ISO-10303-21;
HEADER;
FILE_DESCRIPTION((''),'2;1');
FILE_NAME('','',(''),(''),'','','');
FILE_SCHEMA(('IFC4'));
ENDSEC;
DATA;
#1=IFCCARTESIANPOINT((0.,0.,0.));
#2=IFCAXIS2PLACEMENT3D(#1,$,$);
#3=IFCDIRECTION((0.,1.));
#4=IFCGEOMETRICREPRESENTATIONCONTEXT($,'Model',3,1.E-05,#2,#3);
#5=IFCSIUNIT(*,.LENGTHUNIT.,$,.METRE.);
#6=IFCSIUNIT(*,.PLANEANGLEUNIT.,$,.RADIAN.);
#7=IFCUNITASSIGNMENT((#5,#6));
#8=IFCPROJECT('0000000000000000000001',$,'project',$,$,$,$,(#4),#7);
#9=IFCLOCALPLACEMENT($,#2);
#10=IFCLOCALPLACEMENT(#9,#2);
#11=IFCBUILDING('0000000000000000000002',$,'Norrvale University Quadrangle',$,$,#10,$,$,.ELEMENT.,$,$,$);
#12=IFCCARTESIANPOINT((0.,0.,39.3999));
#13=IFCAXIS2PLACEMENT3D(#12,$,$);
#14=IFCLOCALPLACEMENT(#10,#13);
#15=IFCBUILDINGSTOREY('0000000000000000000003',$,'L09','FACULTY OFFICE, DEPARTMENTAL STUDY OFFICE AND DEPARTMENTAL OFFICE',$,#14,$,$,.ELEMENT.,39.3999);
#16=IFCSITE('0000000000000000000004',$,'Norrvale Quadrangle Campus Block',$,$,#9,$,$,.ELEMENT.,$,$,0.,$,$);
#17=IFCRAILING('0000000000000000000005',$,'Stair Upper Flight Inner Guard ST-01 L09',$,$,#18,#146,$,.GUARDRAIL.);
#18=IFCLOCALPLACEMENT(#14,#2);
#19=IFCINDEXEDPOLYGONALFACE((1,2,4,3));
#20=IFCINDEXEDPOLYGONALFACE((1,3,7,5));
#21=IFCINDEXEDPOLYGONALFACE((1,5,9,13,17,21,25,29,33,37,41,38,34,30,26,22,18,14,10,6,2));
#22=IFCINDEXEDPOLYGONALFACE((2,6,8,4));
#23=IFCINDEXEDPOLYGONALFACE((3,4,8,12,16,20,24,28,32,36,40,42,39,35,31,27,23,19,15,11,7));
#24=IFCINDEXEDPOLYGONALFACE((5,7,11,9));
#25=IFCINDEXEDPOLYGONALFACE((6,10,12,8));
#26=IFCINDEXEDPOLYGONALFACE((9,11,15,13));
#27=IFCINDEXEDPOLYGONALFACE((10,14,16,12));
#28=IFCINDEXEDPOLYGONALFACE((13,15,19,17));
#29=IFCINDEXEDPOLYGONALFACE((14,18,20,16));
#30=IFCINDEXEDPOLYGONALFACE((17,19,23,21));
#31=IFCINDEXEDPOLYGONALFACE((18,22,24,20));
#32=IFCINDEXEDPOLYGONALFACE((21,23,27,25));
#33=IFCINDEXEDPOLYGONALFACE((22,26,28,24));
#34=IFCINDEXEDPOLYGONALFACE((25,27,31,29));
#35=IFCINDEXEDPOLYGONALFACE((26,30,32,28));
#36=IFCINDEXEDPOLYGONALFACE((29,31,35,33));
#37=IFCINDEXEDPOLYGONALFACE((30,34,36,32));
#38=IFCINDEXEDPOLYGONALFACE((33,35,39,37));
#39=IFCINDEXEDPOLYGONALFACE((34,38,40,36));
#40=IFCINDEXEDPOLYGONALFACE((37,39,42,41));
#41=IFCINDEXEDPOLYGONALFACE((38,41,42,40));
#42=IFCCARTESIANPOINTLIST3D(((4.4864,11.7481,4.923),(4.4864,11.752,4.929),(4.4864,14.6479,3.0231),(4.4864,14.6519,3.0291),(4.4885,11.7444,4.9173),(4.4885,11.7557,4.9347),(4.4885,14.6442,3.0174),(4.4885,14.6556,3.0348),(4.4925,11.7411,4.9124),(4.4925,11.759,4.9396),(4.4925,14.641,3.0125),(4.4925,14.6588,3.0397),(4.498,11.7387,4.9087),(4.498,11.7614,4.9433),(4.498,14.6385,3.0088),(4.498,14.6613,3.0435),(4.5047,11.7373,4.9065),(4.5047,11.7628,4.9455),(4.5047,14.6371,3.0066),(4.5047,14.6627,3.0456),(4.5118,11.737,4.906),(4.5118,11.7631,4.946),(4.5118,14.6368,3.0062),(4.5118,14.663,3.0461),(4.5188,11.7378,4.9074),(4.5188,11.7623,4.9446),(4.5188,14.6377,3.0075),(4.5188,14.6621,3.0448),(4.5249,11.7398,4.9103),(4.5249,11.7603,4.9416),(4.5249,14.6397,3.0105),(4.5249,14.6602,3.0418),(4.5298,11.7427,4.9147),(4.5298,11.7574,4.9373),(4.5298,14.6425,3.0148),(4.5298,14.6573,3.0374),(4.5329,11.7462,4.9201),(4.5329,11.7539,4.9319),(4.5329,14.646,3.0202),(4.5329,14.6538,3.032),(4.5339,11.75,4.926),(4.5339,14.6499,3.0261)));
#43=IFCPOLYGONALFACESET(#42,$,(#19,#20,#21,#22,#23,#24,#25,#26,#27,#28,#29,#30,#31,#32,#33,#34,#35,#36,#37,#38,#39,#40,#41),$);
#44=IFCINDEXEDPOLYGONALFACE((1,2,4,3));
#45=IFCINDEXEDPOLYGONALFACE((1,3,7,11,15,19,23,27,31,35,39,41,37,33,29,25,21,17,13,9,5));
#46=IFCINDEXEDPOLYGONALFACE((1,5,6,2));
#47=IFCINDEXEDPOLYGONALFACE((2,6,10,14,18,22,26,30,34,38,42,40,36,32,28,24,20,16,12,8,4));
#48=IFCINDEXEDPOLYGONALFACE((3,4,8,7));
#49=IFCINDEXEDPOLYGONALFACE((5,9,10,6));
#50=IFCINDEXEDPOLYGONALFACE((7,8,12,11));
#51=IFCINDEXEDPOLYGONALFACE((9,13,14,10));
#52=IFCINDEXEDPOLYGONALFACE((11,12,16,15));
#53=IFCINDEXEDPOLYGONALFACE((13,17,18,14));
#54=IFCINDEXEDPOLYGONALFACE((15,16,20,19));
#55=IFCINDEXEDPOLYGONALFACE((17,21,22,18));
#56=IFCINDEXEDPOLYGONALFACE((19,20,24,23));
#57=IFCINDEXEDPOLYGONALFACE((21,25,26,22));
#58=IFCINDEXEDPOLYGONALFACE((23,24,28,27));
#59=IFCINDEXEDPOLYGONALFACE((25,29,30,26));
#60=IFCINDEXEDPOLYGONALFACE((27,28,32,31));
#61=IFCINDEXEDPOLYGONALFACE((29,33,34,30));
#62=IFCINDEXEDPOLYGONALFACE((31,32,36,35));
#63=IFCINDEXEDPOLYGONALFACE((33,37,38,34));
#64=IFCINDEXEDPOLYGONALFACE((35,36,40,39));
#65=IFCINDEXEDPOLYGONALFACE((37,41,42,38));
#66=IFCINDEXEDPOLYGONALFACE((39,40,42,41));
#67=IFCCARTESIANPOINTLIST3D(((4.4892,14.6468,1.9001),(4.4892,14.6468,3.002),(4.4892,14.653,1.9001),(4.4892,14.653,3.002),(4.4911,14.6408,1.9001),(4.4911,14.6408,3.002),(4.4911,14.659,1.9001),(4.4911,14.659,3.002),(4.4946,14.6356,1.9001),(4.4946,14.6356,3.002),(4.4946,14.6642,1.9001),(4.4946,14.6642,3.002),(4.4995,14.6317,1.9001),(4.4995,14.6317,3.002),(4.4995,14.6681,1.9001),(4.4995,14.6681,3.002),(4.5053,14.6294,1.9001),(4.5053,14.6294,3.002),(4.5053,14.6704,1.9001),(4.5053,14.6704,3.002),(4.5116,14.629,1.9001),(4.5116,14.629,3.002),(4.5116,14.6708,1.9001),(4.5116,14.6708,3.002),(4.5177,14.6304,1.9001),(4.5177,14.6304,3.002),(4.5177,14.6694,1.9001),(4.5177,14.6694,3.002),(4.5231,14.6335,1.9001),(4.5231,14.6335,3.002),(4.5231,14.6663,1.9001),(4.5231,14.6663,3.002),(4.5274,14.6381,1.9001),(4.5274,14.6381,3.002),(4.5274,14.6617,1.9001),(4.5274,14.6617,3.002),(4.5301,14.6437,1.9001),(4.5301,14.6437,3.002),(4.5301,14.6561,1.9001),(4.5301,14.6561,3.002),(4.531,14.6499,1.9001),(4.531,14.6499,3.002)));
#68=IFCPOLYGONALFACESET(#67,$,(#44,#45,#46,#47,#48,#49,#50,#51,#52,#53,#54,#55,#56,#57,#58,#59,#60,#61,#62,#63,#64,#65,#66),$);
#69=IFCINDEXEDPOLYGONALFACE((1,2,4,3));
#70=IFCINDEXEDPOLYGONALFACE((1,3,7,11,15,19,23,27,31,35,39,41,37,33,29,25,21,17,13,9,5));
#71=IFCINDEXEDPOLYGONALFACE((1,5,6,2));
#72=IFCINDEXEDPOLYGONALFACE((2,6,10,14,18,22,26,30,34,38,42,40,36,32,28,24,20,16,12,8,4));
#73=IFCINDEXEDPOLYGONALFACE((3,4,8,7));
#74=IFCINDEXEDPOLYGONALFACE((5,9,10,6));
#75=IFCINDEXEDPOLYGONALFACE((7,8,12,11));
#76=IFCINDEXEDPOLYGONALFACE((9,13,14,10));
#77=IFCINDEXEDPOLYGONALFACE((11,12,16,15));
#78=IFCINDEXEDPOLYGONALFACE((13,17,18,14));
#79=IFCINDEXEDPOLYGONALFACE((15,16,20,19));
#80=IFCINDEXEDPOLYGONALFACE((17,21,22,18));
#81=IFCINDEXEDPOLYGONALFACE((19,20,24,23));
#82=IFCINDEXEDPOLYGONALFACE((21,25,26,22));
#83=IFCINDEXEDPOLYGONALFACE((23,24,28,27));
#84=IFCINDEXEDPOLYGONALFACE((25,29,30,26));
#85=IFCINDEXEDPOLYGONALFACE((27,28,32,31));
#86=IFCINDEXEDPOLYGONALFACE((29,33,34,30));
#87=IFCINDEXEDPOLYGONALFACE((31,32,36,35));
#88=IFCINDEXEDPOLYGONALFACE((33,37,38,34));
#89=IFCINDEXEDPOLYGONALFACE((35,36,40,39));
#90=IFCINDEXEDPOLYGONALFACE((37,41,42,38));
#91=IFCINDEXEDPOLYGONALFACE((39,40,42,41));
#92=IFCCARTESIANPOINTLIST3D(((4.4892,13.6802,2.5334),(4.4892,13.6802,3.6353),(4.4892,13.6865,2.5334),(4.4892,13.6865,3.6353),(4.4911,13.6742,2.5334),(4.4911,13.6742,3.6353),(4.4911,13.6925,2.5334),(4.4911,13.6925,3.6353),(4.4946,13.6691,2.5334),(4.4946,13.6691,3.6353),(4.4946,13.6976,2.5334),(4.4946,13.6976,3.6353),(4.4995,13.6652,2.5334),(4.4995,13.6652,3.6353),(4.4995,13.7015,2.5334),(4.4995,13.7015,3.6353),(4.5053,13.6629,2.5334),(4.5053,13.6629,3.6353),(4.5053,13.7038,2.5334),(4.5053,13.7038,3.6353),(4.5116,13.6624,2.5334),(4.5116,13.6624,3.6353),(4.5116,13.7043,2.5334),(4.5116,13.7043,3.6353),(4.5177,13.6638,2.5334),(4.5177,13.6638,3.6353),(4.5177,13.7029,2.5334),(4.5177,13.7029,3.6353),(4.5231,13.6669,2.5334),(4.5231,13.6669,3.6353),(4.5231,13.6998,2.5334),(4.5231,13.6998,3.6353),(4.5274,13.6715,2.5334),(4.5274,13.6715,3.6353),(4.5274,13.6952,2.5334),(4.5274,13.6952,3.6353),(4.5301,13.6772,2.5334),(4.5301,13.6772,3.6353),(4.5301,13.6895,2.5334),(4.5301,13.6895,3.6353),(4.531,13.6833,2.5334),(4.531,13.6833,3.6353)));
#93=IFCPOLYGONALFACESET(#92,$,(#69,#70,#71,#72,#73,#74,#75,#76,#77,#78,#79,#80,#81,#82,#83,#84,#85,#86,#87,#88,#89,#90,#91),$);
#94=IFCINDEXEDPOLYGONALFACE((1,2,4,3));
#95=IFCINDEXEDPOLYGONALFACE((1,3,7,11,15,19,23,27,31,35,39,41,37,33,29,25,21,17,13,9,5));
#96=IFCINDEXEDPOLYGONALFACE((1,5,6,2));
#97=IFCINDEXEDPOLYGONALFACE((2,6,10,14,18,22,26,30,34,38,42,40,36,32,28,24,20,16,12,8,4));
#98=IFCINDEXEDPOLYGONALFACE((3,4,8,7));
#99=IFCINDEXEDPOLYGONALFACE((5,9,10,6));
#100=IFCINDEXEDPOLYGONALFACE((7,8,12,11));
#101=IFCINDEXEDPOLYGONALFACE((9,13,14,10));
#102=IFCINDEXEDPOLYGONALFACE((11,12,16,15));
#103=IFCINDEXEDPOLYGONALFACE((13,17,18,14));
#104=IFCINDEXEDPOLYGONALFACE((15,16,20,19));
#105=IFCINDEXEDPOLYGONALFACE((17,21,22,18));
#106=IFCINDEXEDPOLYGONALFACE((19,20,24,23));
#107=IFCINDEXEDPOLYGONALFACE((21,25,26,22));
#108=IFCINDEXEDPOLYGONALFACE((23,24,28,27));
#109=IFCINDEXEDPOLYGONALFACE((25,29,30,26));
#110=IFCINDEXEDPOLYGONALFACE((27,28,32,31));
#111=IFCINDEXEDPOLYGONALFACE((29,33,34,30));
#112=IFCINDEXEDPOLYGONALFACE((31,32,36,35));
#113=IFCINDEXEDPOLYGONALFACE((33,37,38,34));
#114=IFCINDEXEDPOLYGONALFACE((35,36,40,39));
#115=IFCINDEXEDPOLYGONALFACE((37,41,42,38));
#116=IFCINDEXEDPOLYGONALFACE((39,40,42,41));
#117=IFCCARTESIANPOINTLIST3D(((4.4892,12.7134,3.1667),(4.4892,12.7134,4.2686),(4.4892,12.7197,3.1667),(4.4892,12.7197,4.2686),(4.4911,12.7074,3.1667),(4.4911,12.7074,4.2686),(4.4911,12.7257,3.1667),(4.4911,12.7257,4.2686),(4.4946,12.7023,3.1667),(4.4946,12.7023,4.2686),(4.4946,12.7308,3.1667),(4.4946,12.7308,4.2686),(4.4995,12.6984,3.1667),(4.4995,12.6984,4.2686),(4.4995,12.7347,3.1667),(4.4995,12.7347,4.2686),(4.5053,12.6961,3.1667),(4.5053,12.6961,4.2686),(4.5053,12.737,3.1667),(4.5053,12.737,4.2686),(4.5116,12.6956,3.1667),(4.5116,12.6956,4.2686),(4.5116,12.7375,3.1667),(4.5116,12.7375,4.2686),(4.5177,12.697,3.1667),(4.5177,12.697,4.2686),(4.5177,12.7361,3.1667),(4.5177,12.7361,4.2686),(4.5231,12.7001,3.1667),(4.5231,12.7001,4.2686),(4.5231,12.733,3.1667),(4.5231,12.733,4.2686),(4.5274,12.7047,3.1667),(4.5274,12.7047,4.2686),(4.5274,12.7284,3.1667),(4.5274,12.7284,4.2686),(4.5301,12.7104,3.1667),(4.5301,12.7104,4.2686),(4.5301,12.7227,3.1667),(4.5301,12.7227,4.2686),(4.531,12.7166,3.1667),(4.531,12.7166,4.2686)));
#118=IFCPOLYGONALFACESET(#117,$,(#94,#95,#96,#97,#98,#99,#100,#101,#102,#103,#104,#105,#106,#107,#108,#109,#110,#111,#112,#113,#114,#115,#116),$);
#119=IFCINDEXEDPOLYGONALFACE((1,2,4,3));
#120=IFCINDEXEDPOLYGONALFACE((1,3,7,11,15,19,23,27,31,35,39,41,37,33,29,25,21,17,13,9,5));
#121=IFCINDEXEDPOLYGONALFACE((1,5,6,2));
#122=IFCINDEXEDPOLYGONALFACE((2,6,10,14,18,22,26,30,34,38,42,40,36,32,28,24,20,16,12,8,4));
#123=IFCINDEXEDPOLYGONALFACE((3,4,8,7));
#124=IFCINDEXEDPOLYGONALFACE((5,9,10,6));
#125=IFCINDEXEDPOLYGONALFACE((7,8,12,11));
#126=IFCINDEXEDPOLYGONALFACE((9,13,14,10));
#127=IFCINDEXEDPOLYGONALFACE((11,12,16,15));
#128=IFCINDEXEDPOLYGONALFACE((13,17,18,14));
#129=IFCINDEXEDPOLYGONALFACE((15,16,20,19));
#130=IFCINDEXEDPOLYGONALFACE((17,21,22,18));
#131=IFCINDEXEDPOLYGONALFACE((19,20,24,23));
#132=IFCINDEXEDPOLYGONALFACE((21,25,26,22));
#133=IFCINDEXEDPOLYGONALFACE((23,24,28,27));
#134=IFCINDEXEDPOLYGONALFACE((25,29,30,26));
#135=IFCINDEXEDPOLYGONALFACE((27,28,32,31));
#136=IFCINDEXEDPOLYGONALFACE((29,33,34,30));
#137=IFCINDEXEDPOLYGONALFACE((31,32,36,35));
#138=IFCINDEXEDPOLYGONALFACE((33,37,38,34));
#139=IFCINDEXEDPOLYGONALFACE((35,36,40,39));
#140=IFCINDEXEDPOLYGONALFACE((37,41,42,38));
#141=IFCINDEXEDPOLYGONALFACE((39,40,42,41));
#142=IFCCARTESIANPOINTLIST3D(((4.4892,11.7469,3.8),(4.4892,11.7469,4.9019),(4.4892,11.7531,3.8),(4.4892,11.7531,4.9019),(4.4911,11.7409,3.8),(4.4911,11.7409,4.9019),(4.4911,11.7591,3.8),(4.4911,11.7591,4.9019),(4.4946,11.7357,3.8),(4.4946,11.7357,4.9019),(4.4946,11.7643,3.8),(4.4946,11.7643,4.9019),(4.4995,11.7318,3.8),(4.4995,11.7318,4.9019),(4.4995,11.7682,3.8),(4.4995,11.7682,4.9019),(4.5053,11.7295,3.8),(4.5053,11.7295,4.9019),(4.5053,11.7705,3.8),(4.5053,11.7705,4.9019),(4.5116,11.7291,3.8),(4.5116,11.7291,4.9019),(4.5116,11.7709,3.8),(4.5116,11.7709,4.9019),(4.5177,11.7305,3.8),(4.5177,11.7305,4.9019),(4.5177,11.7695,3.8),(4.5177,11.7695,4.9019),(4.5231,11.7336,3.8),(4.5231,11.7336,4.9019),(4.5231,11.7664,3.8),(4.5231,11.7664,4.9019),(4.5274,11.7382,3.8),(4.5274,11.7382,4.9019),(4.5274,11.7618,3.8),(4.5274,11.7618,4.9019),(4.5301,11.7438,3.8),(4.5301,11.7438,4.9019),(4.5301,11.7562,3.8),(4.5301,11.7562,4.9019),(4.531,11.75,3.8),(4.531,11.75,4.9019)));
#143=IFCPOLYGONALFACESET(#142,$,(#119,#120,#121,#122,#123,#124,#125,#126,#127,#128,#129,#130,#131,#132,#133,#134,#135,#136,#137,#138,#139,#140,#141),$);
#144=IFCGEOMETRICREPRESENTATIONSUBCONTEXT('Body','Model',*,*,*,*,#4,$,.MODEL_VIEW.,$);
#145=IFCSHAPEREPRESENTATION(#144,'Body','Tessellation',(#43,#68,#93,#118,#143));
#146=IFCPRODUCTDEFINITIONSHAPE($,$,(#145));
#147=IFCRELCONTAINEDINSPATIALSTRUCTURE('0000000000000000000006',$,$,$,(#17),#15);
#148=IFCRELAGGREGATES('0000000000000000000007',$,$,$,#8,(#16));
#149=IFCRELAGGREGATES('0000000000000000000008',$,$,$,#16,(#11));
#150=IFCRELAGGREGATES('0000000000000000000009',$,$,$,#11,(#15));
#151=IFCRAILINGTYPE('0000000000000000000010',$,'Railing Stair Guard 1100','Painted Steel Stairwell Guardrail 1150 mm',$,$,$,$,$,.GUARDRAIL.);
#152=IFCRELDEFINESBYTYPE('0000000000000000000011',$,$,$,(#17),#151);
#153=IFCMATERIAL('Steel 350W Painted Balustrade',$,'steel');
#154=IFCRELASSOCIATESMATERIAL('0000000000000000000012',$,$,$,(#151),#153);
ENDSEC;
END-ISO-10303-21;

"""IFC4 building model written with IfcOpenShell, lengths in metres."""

from ifc_helpers import new_model, si_unit, direction, frame, origin, origin_2d, place, context, subcontext, project, spatial, circle, extrude, material, type_object, element, save


model = new_model("IFC4")

# Units and contexts
model_context = context("Model", 3, precision=1e-05, world=origin(), true_north=direction((0.0, 1.0)))
body_context = subcontext(model_context, "Body", "Model", "MODEL_VIEW")
ifc_project = project(units=[si_unit("LENGTHUNIT", "METRE"), si_unit("PLANEANGLEUNIT", "RADIAN")], contexts=[model_context])

# Site, building, storey
site_placement = place(None, origin())
site = spatial("IfcSite", under=ifc_project, at=site_placement, Name="Norrvale Quadrangle Campus Block", CompositionType="ELEMENT", RefElevation=0.0)
building_placement = place(site_placement, origin())
building = spatial("IfcBuilding", under=site, at=building_placement, Name="Norrvale University Quadrangle", CompositionType="ELEMENT")
storey_placement = place(building_placement, frame((0.0, 0.0, 39.3999)))
storey = spatial("IfcBuildingStorey", under=building, at=storey_placement, Name="L09", Description="FACULTY OFFICE, DEPARTMENTAL STUDY OFFICE AND DEPARTMENTAL OFFICE", CompositionType="ELEMENT", Elevation=39.3999)

# Railing
ifc_material_1 = material(Name="Steel 350W Painted Balustrade", Category="steel")
railing_type_1 = type_object("IfcRailingType", Name="Railing Stair Guard 1100", Description="Painted Steel Stairwell Guardrail 1150 mm", PredefinedType="GUARDRAIL", material=ifc_material_1)
railing_1_placement = place(storey_placement, frame((4.51, 14.6499, 1.9001)))
element("IfcRailing", 1, at=railing_1_placement, inside=storey, type_object=railing_type_1, Name="Stair Upper Flight Inner Guard ST-01 L09", PredefinedType="GUARDRAIL", context=body_context, shape_type="SweptSolid", body=[
    extrude(circle(Radius=0.0239, at=origin_2d()), frame((0.0, 0.0, 1.126), z_axis=(0.0, -0.836466, 0.548019), x_axis=(1.0, 0.0, 0.0)), (0.0, 0.0, 1.0), 3.4668),
    extrude(circle(Radius=0.021, at=origin_2d()), origin(), (0.0, 0.0, 1.0), 1.1018),
    extrude(circle(Radius=0.021, at=origin_2d()), frame((0.0, -0.9666, 0.6333)), (0.0, 0.0, 1.0), 1.1018),
    extrude(circle(Radius=0.021, at=origin_2d()), frame((0.0, -1.9333, 1.2666)), (0.0, 0.0, 1.0), 1.1018),
    extrude(circle(Radius=0.021, at=origin_2d()), frame((0.0, -2.8999, 1.8999)), (0.0, 0.0, 1.0), 1.1018),
])

save(model, "model.ifc")
